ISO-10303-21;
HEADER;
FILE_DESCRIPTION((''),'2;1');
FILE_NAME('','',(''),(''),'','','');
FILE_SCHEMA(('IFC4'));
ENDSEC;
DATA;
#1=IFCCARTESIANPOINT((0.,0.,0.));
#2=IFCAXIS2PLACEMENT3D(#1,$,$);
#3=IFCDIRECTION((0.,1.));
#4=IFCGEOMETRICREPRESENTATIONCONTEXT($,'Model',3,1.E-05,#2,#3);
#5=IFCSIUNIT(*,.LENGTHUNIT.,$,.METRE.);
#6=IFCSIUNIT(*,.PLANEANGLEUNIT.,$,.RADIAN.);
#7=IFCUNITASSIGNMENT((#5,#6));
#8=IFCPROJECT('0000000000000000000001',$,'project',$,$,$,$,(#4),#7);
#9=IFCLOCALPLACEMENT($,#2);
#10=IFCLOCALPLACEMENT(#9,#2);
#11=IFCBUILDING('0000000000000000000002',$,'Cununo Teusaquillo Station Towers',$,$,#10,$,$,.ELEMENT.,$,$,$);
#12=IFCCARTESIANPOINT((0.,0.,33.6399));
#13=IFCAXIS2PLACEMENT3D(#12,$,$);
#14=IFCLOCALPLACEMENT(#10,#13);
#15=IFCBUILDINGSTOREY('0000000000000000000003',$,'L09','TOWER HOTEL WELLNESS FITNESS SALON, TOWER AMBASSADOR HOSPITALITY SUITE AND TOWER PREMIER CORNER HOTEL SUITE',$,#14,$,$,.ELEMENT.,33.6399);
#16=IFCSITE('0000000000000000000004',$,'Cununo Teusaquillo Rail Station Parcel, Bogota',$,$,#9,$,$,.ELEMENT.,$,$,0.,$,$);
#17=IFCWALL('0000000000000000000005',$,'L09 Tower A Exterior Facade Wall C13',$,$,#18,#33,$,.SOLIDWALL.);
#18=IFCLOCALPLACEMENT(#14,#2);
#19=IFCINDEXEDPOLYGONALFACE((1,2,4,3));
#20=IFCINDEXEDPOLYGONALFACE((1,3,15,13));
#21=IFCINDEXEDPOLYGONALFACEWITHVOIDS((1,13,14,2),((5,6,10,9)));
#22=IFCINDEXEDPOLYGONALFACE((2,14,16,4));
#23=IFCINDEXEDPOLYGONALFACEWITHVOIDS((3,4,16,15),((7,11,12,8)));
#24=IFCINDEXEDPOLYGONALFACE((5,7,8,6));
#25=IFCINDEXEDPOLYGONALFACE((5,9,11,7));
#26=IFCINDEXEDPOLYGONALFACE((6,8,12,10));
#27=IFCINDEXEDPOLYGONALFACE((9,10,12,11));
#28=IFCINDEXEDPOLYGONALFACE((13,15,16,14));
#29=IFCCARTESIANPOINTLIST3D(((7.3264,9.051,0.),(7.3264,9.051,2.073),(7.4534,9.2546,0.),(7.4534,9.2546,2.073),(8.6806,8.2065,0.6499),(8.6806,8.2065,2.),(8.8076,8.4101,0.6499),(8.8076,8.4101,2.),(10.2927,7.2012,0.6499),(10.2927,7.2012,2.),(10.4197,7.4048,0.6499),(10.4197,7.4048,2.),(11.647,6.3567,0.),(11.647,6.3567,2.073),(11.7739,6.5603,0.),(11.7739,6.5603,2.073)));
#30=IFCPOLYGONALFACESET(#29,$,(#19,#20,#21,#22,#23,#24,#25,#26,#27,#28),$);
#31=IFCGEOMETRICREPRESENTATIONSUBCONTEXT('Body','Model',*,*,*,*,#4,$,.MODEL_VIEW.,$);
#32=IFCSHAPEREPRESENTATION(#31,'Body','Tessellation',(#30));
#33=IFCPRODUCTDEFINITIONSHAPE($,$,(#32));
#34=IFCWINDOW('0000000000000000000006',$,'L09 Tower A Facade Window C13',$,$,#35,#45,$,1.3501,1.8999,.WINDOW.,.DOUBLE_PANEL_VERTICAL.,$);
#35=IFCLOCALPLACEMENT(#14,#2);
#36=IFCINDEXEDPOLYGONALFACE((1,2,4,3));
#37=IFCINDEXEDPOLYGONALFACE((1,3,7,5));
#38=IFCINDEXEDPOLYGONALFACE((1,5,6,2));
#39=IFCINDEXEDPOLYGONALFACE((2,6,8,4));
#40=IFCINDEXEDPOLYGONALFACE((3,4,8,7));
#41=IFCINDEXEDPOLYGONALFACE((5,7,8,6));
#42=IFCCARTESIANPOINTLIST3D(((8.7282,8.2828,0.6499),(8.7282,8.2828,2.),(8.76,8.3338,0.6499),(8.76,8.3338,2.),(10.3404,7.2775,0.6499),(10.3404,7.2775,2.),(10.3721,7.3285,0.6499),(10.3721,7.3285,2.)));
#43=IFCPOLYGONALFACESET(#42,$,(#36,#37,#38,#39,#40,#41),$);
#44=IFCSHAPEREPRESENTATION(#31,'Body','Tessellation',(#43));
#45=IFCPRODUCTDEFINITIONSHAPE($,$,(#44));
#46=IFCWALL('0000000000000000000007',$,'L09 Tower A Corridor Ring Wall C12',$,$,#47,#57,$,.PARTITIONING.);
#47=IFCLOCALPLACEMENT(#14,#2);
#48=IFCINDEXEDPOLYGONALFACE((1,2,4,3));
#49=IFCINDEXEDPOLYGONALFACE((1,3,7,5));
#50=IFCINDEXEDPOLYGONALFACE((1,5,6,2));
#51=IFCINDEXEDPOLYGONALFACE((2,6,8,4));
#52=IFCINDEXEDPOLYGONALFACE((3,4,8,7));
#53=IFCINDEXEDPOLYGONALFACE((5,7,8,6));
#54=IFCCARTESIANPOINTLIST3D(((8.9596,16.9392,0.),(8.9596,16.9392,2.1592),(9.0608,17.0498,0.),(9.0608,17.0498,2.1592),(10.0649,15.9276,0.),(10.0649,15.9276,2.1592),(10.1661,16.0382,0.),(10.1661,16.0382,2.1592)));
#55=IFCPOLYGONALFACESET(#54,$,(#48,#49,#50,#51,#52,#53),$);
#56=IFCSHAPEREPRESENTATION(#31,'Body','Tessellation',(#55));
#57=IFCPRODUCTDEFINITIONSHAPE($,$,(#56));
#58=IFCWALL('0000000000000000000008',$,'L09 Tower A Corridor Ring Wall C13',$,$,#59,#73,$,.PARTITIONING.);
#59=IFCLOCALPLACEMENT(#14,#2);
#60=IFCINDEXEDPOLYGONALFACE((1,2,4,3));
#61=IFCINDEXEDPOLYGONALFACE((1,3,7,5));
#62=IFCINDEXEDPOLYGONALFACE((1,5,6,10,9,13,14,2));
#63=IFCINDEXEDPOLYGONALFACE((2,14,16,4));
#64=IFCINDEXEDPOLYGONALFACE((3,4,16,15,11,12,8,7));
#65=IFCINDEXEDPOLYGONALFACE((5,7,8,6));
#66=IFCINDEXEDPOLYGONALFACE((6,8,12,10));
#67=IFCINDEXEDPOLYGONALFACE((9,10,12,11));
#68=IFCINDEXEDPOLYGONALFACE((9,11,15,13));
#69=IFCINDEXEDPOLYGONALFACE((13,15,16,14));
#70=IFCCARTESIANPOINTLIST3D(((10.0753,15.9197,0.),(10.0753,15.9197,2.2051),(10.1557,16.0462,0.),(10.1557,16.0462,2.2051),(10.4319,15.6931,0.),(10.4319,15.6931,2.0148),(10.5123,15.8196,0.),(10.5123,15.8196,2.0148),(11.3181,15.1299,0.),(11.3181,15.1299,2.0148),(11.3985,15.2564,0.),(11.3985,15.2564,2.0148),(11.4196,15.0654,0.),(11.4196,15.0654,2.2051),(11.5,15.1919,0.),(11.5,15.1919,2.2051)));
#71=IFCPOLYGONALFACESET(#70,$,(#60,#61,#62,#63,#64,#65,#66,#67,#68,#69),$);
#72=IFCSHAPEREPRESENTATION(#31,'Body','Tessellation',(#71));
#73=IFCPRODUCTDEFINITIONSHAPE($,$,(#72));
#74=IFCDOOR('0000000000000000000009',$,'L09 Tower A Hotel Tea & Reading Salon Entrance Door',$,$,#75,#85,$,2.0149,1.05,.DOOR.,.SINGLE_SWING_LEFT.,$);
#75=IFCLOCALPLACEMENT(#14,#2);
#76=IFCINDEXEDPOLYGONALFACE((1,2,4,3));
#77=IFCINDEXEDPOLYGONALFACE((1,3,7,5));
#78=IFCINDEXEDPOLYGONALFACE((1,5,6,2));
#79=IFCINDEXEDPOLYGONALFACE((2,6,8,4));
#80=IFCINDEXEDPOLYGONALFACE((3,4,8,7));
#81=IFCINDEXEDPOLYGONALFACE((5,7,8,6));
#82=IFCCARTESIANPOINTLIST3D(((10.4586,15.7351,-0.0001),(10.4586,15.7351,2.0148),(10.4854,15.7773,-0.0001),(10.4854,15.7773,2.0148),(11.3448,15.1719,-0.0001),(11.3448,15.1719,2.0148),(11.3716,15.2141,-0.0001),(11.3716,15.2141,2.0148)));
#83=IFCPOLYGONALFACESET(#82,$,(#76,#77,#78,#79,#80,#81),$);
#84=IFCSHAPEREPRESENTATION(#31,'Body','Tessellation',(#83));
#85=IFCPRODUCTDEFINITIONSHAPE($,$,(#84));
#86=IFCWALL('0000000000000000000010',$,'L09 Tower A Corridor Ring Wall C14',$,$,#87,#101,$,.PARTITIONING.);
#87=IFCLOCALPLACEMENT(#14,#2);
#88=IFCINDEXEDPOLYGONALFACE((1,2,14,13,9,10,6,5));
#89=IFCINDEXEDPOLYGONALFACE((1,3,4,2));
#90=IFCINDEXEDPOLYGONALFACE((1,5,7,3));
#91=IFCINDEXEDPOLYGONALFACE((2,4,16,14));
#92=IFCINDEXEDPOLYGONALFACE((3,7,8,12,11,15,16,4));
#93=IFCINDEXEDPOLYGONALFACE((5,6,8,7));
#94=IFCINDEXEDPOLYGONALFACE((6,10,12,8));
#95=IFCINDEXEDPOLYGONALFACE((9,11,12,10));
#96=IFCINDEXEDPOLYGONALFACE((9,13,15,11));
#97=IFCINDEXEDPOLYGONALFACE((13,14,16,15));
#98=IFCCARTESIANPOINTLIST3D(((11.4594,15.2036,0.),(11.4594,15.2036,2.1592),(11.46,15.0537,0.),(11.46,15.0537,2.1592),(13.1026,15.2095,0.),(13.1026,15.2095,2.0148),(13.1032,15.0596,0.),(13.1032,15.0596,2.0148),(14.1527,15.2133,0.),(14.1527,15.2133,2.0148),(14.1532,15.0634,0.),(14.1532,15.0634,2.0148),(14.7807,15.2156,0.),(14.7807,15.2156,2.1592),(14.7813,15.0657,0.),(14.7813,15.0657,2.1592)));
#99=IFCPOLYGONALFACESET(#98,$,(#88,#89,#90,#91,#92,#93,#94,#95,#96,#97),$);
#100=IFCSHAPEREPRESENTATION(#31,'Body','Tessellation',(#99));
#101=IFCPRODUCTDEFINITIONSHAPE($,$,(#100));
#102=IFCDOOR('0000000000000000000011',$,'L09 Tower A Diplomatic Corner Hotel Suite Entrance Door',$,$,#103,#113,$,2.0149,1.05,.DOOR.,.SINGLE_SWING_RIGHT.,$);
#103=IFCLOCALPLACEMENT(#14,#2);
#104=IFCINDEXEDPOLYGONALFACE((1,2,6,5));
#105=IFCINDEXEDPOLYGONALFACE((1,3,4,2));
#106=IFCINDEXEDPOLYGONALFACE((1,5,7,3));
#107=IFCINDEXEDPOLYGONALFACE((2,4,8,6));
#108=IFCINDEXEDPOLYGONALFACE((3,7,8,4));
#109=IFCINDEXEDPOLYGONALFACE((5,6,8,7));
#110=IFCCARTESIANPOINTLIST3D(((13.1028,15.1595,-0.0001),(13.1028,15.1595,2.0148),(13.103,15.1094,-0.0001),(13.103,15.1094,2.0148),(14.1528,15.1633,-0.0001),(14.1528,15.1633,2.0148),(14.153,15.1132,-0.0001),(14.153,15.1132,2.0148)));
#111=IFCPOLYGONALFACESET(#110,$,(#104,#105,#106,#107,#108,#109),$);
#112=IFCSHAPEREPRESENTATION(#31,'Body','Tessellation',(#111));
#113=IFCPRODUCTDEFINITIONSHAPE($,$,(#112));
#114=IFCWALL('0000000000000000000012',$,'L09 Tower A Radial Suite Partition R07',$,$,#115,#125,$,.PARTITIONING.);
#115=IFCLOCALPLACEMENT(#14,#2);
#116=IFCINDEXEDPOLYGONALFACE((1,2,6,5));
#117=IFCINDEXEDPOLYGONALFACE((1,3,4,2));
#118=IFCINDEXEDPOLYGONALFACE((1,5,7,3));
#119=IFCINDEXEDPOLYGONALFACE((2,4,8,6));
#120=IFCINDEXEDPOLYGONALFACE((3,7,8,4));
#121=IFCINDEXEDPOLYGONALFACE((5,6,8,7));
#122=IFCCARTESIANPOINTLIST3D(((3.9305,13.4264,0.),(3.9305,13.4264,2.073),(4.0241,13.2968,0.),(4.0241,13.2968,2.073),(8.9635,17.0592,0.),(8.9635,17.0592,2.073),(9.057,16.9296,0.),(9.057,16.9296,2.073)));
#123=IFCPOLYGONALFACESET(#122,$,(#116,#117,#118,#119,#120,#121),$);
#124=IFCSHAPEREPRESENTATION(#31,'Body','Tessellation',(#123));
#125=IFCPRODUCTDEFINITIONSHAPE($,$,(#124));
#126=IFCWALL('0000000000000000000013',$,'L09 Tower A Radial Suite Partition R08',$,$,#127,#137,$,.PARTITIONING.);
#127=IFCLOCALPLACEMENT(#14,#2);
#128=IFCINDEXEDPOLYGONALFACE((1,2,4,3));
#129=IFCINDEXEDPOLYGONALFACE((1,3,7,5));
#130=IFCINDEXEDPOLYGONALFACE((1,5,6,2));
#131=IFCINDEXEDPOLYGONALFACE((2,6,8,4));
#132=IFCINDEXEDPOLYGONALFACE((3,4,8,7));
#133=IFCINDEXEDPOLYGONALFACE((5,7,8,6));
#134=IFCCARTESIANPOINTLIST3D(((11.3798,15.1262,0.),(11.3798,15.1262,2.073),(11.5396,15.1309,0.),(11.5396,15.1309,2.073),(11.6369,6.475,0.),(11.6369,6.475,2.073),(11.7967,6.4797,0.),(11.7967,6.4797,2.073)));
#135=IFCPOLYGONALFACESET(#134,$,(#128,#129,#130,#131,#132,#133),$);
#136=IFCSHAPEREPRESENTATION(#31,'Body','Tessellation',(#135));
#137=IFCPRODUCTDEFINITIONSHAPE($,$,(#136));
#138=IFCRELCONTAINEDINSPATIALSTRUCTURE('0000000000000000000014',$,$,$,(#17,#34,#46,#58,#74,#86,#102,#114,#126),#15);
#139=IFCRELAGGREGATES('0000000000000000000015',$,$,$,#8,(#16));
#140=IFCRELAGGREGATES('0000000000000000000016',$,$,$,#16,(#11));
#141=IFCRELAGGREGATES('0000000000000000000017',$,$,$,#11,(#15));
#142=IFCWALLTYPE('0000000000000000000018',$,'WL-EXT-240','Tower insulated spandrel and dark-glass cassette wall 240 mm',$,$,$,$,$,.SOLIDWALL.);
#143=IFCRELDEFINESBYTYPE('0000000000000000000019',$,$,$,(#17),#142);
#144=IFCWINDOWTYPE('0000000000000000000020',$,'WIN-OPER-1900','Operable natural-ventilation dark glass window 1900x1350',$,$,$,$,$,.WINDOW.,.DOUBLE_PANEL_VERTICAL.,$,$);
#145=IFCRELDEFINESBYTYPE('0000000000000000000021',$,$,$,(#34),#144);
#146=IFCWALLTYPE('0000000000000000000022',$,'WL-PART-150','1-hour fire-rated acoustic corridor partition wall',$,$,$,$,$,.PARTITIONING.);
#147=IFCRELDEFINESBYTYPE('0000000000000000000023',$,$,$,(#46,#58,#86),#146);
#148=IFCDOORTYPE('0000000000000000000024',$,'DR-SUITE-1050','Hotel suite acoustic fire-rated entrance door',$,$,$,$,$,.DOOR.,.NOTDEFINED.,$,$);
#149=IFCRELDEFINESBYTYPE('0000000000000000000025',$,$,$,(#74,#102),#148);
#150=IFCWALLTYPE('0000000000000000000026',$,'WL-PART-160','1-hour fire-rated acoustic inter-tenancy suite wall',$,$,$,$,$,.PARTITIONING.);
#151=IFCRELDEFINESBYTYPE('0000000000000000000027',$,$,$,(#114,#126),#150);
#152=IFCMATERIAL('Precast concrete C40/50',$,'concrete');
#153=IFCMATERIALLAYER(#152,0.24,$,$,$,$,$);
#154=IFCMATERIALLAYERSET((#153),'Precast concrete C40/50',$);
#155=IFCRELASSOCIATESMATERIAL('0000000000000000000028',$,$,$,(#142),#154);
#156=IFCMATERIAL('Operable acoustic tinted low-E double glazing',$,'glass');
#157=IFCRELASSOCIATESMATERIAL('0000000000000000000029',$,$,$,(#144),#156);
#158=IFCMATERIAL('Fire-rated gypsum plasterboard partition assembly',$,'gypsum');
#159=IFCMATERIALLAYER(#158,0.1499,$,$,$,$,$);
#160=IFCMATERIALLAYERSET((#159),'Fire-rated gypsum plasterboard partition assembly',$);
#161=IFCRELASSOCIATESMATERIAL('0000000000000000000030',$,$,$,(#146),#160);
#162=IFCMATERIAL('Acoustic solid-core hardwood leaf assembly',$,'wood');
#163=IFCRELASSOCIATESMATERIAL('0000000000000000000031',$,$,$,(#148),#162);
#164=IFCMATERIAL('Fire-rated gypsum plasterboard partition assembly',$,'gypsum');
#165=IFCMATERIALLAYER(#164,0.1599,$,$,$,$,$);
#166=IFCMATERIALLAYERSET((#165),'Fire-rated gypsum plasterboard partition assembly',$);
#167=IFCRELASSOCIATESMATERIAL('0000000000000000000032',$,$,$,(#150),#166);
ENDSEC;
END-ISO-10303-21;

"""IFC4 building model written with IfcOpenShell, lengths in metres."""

from ifc_helpers import new_model, si_unit, direction, frame, frame_2d, origin, place, context, subcontext, project, spatial, rectangle, extrude, source, transform, mapped, material, layer, layer_set, type_object, element, fill, save


model = new_model("IFC4")

# Units and contexts
model_context = context("Model", 3, precision=1e-05, world=origin(), true_north=direction((0.0, 1.0)))
body_context = subcontext(model_context, "Body", "Model", "MODEL_VIEW")
ifc_project = project(units=[si_unit("LENGTHUNIT", "METRE"), si_unit("PLANEANGLEUNIT", "RADIAN")], contexts=[model_context])

# Site, building, storey
site_placement = place(None, origin())
site = spatial("IfcSite", under=ifc_project, at=site_placement, Name="Cununo Teusaquillo Rail Station Parcel, Bogota", CompositionType="ELEMENT", RefElevation=0.0)
building_placement = place(site_placement, origin())
building = spatial("IfcBuilding", under=site, at=building_placement, Name="Cununo Teusaquillo Station Towers", CompositionType="ELEMENT")
storey_placement = place(building_placement, frame((0.0, 0.0, 33.6399)))
storey = spatial("IfcBuildingStorey", under=building, at=storey_placement, Name="L09", Description="TOWER HOTEL WELLNESS FITNESS SALON, TOWER AMBASSADOR HOSPITALITY SUITE AND TOWER PREMIER CORNER HOTEL SUITE", CompositionType="ELEMENT", Elevation=33.6399)

# Shared definitions
ifc_material_1 = material(Name="Precast concrete C40/50", Category="concrete")
ifc_layer_1 = layer(ifc_material_1, 0.24)
ifc_layer_set_1 = layer_set([ifc_layer_1], Name="Precast concrete C40/50")
wall_type_1 = type_object("IfcWallType", Name="WL-EXT-240", Description="Tower insulated spandrel and dark-glass cassette wall 240 mm", PredefinedType="SOLIDWALL", material=ifc_layer_set_1)
shared_shape_1 = source(origin(), body_context, "Body", "SweptSolid", [
    extrude(rectangle(XDim=1.8999, YDim=1.3501, at=frame_2d((0.95, 0.675))), frame((0.0, 0.1299, 0.0), z_axis=(0.0, -1.0, 0.0), x_axis=(1.0, 0.0, 0.0)), (0.0, 0.0, 1.0), 0.26),
])
ifc_material_2 = material(Name="Operable acoustic tinted low-E double glazing", Category="glass")
window_type = type_object("IfcWindowType", Name="WIN-OPER-1900", Description="Operable natural-ventilation dark glass window 1900x1350", PartitioningType="DOUBLE_PANEL_VERTICAL", PredefinedType="WINDOW", material=ifc_material_2)
shared_shape_2 = source(origin(), body_context, "Body", "SweptSolid", [
    extrude(rectangle(XDim=1.8999, YDim=1.3501, at=frame_2d((0.95, 0.675))), frame((0.0, 0.03, 0.0), z_axis=(0.0, -1.0, 0.0), x_axis=(1.0, 0.0, 0.0)), (0.0, 0.0, 1.0), 0.0601),
])

# Wall, opening, window
wall_1_placement = place(storey_placement, frame((11.7104, 6.4585, 0.0), z_axis=(0.0, 0.0, 1.0), x_axis=(-0.848529, 0.52915, 0.0)))
wall_1 = element("IfcWall", 1, at=wall_1_placement, inside=storey, type_object=wall_type_1, Name="L09 Tower A Exterior Facade Wall C13", PredefinedType="SOLIDWALL", context=body_context, shape_type="SweptSolid", body=[
    extrude(rectangle(XDim=5.0918, YDim=0.24, at=frame_2d((2.5459, 0.0))), origin(), (0.0, 0.0, 1.0), 2.073),
])
opening_1_placement = place(wall_1_placement, frame((1.5959, 0.0, 0.6499)))
opening_1 = element("IfcOpeningElement", 2, at=opening_1_placement, cuts=wall_1, PredefinedType="OPENING", context=body_context, shape_type="MappedRepresentation", body=[
    mapped(shared_shape_1, transform((0.0, 0.0, 0.0), x_axis=(1.0, 0.0, 0.0), y_axis=(0.0, 1.0, 0.0), z_axis=(0.0, 0.0, 1.0), scale=1.0)),
])
window_1_placement = place(opening_1_placement, origin())
window_1 = element("IfcWindow", 3, at=window_1_placement, inside=storey, type_object=window_type, Name="L09 Tower A Facade Window C13", OverallHeight=1.3501, OverallWidth=1.8999, PartitioningType="DOUBLE_PANEL_VERTICAL", PredefinedType="WINDOW", context=body_context, shape_type="MappedRepresentation", body=[
    mapped(shared_shape_2, transform((0.0, 0.0, 0.0), x_axis=(1.0, 0.0, 0.0), y_axis=(0.0, 1.0, 0.0), z_axis=(0.0, 0.0, 1.0), scale=1.0)),
])
fill(opening_1, window_1)

# Wall
ifc_material_3 = material(Name="Fire-rated gypsum plasterboard partition assembly", Category="gypsum")
ifc_layer_2 = layer(ifc_material_3, 0.1499)
ifc_layer_set_2 = layer_set([ifc_layer_2], Name="Fire-rated gypsum plasterboard partition assembly")
wall_type_2 = type_object("IfcWallType", Name="WL-PART-150", Description="1-hour fire-rated acoustic corridor partition wall", PredefinedType="PARTITIONING", material=ifc_layer_set_2)
wall_2_placement = place(storey_placement, frame((9.0103, 16.9944, 0.0), z_axis=(0.0, 0.0, 1.0), x_axis=(0.737702, -0.675127, 0.0)))
element("IfcWall", 4, at=wall_2_placement, inside=storey, type_object=wall_type_2, Name="L09 Tower A Corridor Ring Wall C12", PredefinedType="PARTITIONING", context=body_context, shape_type="SweptSolid", body=[
    extrude(rectangle(XDim=1.4983, YDim=0.1499, at=frame_2d((0.749, 0.0))), origin(), (0.0, 0.0, 1.0), 2.1592),
])

# Walls, openings, doors
wall_3_placement = place(storey_placement, frame((10.1155, 15.9829, 0.0), z_axis=(0.0, 0.0, 1.0), x_axis=(0.843996, -0.53635, 0.0)))
wall_3 = element("IfcWall", 5, at=wall_3_placement, inside=storey, type_object=wall_type_2, Name="L09 Tower A Corridor Ring Wall C13", PredefinedType="PARTITIONING", context=body_context, shape_type="SweptSolid", body=[
    extrude(rectangle(XDim=1.5928, YDim=0.1499, at=frame_2d((0.7964, 0.0))), origin(), (0.0, 0.0, 1.0), 2.2051),
])
shared_shape_3 = source(origin(), body_context, "Body", "SweptSolid", [
    extrude(rectangle(XDim=1.05, YDim=2.0149, at=frame_2d((0.5249, 1.0073))), frame((0.0, 0.085, 0.0), z_axis=(0.0, -1.0, 0.0), x_axis=(1.0, 0.0, 0.0)), (0.0, 0.0, 1.0), 0.1699),
])
opening_2_placement = place(wall_3_placement, frame((0.4226, 0.0, 0.0)))
opening_2 = element("IfcOpeningElement", 6, at=opening_2_placement, cuts=wall_3, PredefinedType="OPENING", context=body_context, shape_type="MappedRepresentation", body=[
    mapped(shared_shape_3, transform((0.0, 0.0, 0.0), x_axis=(1.0, 0.0, 0.0), y_axis=(0.0, 1.0, 0.0), z_axis=(0.0, 0.0, 1.0), scale=1.0)),
])
ifc_material_4 = material(Name="Acoustic solid-core hardwood leaf assembly", Category="wood")
door_type = type_object("IfcDoorType", Name="DR-SUITE-1050", Description="Hotel suite acoustic fire-rated entrance door", OperationType="NOTDEFINED", PredefinedType="DOOR", material=ifc_material_4)
shared_shape_4 = source(origin(), body_context, "Body", "SweptSolid", [
    extrude(rectangle(XDim=1.05, YDim=2.0149, at=frame_2d((0.5249, 1.0073))), frame((0.0, 0.0249, 0.0), z_axis=(0.0, -1.0, 0.0), x_axis=(1.0, 0.0, 0.0)), (0.0, 0.0, 1.0), 0.05),
])
door_1_placement = place(opening_2_placement, origin())
door_1 = element("IfcDoor", 7, at=door_1_placement, inside=storey, type_object=door_type, Name="L09 Tower A Hotel Tea & Reading Salon Entrance Door", OperationType="SINGLE_SWING_LEFT", OverallHeight=2.0149, OverallWidth=1.05, PredefinedType="DOOR", context=body_context, shape_type="MappedRepresentation", body=[
    mapped(shared_shape_4, transform((0.0, 0.0, 0.0), x_axis=(1.0, 0.0, 0.0), y_axis=(0.0, 1.0, 0.0), z_axis=(0.0, 0.0, 1.0), scale=1.0)),
])
fill(opening_2, door_1)
wall_4_placement = place(storey_placement, frame((11.4597, 15.1287, 0.0), z_axis=(0.0, 0.0, 1.0), x_axis=(0.999994, 0.003602, 0.0)))
wall_4 = element("IfcWall", 8, at=wall_4_placement, inside=storey, type_object=wall_type_2, Name="L09 Tower A Corridor Ring Wall C14", PredefinedType="PARTITIONING", context=body_context, shape_type="SweptSolid", body=[
    extrude(rectangle(XDim=3.3213, YDim=0.1499, at=frame_2d((1.6606, 0.0))), origin(), (0.0, 0.0, 1.0), 2.1592),
])
opening_3_placement = place(wall_4_placement, frame((1.6433, 0.0, 0.0)))
opening_3 = element("IfcOpeningElement", 9, at=opening_3_placement, cuts=wall_4, PredefinedType="OPENING", context=body_context, shape_type="MappedRepresentation", body=[
    mapped(shared_shape_3, transform((0.0, 0.0, 0.0), x_axis=(1.0, 0.0, 0.0), y_axis=(0.0, 1.0, 0.0), z_axis=(0.0, 0.0, 1.0), scale=1.0)),
])
door_2_placement = place(opening_3_placement, origin())
door_2 = element("IfcDoor", 10, at=door_2_placement, inside=storey, type_object=door_type, Name="L09 Tower A Diplomatic Corner Hotel Suite Entrance Door", OperationType="SINGLE_SWING_RIGHT", OverallHeight=2.0149, OverallWidth=1.05, PredefinedType="DOOR", context=body_context, shape_type="MappedRepresentation", body=[
    mapped(shared_shape_4, transform((0.0, 0.0, 0.0), x_axis=(1.0, 0.0, 0.0), y_axis=(0.0, 1.0, 0.0), z_axis=(0.0, 0.0, 1.0), scale=1.0)),
])
fill(opening_3, door_2)

# Walls
ifc_material_5 = material(Name="Fire-rated gypsum plasterboard partition assembly", Category="gypsum")
ifc_layer_3 = layer(ifc_material_5, 0.1599)
ifc_layer_set_3 = layer_set([ifc_layer_3], Name="Fire-rated gypsum plasterboard partition assembly")
wall_type_3 = type_object("IfcWallType", Name="WL-PART-160", Description="1-hour fire-rated acoustic inter-tenancy suite wall", PredefinedType="PARTITIONING", material=ifc_layer_set_3)
wall_5_placement = place(storey_placement, frame((9.0103, 16.9944, 0.0), z_axis=(0.0, 0.0, 1.0), x_axis=(-0.81084, -0.585268, 0.0)))
element("IfcWall", 11, at=wall_5_placement, inside=storey, type_object=wall_type_3, Name="L09 Tower A Radial Suite Partition R07", PredefinedType="PARTITIONING", context=body_context, shape_type="SweptSolid", body=[
    extrude(rectangle(XDim=6.207, YDim=0.1599, at=frame_2d((3.1035, 0.0))), origin(), (0.0, 0.0, 1.0), 2.073),
])
wall_6_placement = place(storey_placement, frame((11.4597, 15.1287, 0.0), z_axis=(0.0, 0.0, 1.0), x_axis=(0.029703, -0.999559, 0.0)))
element("IfcWall", 12, at=wall_6_placement, inside=storey, type_object=wall_type_3, Name="L09 Tower A Radial Suite Partition R08", PredefinedType="PARTITIONING", context=body_context, shape_type="SweptSolid", body=[
    extrude(rectangle(XDim=8.655, YDim=0.1599, at=frame_2d((4.3276, 0.0))), origin(), (0.0, 0.0, 1.0), 2.073),
])

save(model, "model.ifc")
